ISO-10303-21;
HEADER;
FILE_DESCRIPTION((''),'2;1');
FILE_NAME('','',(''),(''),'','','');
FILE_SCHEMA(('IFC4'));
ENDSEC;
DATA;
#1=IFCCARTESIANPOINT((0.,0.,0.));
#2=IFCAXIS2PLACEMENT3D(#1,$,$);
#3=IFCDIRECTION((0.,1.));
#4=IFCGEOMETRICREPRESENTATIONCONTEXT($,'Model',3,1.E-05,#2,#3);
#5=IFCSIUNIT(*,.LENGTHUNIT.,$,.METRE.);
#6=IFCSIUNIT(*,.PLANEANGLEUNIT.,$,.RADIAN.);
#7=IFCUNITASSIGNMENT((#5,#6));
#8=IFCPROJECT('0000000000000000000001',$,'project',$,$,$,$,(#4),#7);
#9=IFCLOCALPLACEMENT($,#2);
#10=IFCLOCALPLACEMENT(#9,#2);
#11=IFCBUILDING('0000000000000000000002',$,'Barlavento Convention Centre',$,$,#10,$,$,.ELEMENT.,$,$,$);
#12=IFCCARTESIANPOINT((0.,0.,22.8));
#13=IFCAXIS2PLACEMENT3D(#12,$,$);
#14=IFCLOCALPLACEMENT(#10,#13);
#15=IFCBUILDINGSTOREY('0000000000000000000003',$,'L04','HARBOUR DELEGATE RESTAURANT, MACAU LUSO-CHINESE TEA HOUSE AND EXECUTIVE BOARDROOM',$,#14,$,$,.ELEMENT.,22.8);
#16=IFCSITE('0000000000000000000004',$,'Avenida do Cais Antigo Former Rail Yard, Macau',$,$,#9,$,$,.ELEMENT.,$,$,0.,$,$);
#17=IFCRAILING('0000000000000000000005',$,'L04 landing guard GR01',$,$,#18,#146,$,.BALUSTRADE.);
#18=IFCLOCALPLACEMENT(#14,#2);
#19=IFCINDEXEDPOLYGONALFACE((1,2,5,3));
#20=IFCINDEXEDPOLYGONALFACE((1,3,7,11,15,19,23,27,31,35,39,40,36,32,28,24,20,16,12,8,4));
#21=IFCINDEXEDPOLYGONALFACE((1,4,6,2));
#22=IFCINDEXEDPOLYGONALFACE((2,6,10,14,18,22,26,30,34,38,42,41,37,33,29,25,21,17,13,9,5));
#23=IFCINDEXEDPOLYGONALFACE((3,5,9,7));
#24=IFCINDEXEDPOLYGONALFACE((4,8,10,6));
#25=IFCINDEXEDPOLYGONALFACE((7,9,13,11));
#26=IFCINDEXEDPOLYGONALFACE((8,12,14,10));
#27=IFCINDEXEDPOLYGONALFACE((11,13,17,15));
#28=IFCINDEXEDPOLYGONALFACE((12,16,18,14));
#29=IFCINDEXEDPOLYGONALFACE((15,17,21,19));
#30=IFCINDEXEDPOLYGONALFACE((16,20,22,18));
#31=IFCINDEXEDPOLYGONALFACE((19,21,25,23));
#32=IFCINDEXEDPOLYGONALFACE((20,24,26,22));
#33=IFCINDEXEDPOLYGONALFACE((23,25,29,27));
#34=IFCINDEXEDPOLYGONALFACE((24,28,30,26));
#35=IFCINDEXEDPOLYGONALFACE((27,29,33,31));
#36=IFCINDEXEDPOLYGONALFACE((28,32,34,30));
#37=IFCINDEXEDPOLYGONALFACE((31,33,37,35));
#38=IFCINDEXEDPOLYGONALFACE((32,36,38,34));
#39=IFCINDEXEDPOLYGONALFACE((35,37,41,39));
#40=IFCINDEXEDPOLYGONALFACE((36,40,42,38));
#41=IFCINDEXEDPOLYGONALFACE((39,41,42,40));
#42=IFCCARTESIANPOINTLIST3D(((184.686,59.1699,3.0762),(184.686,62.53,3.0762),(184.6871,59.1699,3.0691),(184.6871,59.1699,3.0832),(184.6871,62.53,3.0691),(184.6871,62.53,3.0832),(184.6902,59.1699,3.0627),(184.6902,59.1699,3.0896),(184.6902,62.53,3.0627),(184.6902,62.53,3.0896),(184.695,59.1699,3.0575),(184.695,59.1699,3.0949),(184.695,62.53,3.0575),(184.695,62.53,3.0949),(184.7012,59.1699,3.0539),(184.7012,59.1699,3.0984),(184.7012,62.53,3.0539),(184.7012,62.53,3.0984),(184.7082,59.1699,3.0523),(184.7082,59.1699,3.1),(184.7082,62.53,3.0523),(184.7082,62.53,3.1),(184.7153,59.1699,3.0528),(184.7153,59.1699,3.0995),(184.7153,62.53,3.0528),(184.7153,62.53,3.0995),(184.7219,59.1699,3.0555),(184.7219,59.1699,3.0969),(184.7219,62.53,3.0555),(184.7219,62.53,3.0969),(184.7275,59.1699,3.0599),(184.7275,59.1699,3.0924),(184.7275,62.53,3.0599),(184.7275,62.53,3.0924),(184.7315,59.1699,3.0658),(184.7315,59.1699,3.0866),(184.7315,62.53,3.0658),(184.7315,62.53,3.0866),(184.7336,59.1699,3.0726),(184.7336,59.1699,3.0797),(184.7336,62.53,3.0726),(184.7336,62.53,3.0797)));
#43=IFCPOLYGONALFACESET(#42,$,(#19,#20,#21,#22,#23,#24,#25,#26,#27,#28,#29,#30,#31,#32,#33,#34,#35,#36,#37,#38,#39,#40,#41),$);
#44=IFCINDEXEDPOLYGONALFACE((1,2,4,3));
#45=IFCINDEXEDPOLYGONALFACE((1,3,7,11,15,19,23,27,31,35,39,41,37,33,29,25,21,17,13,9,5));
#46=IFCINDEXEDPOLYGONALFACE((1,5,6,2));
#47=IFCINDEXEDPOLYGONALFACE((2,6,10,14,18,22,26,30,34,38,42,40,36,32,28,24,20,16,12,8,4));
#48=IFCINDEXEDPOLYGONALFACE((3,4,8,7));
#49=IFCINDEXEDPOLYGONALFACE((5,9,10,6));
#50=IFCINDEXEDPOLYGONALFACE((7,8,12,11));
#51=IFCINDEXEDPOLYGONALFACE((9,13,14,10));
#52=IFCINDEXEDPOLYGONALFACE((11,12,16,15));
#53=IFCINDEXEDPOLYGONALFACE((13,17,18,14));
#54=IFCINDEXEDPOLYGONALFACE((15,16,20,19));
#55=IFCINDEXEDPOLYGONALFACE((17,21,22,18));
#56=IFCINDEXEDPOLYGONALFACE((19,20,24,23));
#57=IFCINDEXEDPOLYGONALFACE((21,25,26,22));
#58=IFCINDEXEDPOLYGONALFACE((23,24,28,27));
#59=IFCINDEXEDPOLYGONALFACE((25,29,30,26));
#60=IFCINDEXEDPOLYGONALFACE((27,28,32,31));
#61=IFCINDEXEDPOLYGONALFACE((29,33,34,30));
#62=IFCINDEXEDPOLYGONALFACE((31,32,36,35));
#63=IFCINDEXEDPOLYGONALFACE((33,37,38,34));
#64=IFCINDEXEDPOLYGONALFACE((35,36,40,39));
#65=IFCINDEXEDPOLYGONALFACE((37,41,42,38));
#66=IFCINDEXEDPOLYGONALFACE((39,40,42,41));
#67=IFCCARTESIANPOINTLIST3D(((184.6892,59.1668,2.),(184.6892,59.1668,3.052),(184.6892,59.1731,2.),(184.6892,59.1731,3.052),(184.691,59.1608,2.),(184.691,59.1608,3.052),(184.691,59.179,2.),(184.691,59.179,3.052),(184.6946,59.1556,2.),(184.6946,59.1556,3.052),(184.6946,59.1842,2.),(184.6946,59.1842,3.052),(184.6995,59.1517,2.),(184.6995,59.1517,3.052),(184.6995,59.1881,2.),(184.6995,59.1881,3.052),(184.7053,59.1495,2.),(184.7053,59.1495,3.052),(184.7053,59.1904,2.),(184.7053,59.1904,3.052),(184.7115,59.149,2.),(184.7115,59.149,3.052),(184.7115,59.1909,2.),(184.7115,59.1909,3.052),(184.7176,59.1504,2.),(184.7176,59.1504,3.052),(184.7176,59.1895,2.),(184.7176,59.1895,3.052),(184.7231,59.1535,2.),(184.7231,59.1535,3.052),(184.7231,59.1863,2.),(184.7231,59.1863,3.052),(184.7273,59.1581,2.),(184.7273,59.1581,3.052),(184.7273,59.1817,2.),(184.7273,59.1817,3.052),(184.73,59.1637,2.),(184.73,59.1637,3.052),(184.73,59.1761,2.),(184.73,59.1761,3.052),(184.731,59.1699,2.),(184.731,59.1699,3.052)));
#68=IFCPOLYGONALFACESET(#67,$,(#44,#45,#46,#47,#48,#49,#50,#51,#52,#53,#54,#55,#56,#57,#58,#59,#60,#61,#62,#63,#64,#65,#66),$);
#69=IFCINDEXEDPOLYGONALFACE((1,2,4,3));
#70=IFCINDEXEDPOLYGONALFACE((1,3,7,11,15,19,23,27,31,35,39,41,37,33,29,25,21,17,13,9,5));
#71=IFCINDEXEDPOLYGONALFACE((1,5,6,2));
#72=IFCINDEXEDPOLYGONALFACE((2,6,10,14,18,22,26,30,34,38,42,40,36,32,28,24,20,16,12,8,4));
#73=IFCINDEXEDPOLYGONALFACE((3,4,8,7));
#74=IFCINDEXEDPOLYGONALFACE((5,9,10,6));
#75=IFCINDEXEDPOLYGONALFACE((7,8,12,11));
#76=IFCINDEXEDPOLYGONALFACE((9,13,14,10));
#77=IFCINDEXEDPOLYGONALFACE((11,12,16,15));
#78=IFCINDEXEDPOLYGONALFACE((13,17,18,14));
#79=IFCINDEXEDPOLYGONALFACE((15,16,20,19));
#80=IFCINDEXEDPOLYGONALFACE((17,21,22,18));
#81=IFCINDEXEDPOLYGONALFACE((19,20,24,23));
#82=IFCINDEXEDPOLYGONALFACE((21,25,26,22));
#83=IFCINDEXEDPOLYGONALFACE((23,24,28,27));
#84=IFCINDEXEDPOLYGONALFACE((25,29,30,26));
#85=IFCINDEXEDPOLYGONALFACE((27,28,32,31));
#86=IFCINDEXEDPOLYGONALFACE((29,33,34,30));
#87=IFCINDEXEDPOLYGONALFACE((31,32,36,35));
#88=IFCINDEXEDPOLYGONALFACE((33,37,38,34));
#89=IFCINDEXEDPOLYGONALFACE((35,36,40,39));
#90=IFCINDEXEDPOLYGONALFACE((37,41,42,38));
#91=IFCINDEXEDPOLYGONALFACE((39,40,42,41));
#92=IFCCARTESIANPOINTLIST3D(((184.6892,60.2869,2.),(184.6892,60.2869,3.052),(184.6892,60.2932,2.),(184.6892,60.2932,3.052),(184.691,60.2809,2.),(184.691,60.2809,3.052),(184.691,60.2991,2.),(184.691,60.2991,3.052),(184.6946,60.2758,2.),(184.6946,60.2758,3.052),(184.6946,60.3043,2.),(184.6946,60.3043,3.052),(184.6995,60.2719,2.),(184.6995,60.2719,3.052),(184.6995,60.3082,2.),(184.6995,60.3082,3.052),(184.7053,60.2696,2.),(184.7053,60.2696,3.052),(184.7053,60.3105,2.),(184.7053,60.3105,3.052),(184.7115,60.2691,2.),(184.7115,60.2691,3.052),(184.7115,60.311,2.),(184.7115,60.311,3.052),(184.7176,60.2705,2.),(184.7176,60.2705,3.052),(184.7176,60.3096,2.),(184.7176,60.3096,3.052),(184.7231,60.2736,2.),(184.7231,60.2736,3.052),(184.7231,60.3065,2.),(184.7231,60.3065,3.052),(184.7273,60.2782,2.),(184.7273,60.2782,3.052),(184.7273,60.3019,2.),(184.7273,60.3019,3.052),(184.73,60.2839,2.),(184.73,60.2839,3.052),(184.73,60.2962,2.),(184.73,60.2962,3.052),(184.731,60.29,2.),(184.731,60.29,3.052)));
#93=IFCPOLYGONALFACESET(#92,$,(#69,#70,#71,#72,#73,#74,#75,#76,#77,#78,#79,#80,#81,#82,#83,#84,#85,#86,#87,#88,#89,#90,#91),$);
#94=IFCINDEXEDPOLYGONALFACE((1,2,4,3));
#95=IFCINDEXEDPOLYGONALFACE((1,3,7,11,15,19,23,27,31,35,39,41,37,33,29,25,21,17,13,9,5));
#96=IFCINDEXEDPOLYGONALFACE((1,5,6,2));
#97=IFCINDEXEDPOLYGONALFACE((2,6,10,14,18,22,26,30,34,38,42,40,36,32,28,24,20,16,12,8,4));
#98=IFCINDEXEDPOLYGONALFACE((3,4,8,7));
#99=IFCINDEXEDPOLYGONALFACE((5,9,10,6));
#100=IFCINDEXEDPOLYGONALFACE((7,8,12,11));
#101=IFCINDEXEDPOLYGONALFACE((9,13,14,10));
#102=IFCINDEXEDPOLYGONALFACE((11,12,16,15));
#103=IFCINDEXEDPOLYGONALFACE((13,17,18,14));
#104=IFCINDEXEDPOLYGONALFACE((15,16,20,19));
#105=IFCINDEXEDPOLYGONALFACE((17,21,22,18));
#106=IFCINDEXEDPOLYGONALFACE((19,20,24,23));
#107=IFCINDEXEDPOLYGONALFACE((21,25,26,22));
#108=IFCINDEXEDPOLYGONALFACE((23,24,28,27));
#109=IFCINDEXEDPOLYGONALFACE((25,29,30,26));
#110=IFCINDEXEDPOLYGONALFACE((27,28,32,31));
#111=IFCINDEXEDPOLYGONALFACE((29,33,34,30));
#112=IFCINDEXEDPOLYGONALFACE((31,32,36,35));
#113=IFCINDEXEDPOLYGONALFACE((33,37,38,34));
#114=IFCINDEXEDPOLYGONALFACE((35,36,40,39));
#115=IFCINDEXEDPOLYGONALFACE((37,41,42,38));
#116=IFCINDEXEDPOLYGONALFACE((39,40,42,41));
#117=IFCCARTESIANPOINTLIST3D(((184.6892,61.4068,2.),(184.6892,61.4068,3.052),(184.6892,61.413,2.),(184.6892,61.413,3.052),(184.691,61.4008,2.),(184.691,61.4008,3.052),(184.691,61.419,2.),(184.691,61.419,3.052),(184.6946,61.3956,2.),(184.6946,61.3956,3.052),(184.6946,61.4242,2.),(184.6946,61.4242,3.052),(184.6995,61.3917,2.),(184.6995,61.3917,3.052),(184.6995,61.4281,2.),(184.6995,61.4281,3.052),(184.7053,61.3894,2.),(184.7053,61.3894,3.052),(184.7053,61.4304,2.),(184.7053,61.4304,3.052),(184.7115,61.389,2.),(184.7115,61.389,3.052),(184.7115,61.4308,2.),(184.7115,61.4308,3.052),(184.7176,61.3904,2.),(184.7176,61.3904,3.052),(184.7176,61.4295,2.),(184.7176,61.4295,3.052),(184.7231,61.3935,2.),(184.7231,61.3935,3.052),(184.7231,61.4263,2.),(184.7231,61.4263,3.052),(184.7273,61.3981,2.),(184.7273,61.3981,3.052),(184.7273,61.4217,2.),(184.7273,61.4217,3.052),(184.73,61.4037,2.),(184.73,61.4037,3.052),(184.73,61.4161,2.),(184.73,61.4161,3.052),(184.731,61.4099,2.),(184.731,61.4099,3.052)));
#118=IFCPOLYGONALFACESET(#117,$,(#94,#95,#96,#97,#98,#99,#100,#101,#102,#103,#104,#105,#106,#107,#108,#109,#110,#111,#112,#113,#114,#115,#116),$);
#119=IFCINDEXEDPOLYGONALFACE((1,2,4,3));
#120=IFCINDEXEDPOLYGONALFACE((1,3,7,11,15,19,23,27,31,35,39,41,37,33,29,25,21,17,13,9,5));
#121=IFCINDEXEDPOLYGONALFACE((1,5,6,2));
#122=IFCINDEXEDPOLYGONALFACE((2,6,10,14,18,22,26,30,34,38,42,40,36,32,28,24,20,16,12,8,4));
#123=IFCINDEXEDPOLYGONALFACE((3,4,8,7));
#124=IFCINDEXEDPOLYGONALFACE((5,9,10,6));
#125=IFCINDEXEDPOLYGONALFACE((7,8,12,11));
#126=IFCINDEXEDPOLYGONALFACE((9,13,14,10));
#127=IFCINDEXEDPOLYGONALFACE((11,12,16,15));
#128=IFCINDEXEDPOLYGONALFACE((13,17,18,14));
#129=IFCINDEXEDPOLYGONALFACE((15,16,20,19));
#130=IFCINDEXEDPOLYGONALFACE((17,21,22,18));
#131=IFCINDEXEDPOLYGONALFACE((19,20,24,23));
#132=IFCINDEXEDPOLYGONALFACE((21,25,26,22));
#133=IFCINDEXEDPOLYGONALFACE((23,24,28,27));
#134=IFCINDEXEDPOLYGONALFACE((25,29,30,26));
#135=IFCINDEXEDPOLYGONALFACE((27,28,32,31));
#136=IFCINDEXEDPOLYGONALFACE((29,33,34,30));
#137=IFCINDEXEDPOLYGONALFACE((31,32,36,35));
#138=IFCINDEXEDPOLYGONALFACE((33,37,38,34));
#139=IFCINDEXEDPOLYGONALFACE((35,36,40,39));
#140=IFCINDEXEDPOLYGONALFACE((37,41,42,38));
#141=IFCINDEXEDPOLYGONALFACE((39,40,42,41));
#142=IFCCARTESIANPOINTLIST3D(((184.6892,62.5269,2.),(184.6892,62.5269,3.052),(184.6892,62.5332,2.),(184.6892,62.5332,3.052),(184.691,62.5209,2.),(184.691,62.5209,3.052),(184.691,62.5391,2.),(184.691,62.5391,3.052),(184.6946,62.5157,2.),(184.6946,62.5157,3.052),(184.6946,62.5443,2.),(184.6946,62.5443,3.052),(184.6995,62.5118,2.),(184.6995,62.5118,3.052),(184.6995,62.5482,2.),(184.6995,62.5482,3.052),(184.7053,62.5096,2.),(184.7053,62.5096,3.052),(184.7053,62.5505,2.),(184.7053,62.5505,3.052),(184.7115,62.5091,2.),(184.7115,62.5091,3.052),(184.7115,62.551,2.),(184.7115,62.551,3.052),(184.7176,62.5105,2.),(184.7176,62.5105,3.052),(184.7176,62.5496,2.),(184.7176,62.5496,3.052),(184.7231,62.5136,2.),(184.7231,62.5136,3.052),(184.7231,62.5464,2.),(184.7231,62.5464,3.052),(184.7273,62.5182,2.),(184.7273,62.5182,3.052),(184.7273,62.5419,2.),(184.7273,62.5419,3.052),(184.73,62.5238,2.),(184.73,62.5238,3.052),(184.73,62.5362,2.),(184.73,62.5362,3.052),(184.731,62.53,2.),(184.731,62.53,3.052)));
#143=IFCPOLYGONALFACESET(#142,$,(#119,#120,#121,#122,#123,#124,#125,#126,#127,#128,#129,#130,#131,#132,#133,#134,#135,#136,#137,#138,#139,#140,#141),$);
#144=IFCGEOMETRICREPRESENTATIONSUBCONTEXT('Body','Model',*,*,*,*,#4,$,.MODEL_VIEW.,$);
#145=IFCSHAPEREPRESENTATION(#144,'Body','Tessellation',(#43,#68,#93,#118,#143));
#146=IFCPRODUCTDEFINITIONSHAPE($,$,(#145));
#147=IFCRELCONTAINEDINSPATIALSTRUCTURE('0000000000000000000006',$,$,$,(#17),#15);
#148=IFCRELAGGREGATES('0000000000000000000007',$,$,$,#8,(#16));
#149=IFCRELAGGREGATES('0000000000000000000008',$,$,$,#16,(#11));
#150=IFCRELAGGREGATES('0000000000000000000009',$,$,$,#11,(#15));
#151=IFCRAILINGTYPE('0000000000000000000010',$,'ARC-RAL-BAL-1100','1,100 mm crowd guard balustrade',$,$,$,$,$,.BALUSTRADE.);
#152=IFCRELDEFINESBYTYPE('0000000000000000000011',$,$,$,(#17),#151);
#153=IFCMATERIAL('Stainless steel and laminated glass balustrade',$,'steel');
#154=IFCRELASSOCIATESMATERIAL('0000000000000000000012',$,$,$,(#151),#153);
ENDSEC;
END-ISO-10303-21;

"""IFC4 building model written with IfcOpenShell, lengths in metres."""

from ifc_helpers import new_model, si_unit, direction, frame, origin, origin_2d, place, context, subcontext, project, spatial, circle, extrude, material, type_object, element, save


model = new_model("IFC4")

# Units and contexts
model_context = context("Model", 3, precision=1e-05, world=origin(), true_north=direction((0.0, 1.0)))
body_context = subcontext(model_context, "Body", "Model", "MODEL_VIEW")
ifc_project = project(units=[si_unit("LENGTHUNIT", "METRE"), si_unit("PLANEANGLEUNIT", "RADIAN")], contexts=[model_context])

# Site, building, storey
site_placement = place(None, origin())
site = spatial("IfcSite", under=ifc_project, at=site_placement, Name="Avenida do Cais Antigo Former Rail Yard, Macau", CompositionType="ELEMENT", RefElevation=0.0)
building_placement = place(site_placement, origin())
building = spatial("IfcBuilding", under=site, at=building_placement, Name="Barlavento Convention Centre", CompositionType="ELEMENT")
storey_placement = place(building_placement, frame((0.0, 0.0, 22.8)))
storey = spatial("IfcBuildingStorey", under=building, at=storey_placement, Name="L04", Description="HARBOUR DELEGATE RESTAURANT, MACAU LUSO-CHINESE TEA HOUSE AND EXECUTIVE BOARDROOM", CompositionType="ELEMENT", Elevation=22.8)

# Railing
ifc_material_1 = material(Name="Stainless steel and laminated glass balustrade", Category="steel")
railing_type_1 = type_object("IfcRailingType", Name="ARC-RAL-BAL-1100", Description="1,100 mm crowd guard balustrade", PredefinedType="BALUSTRADE", material=ifc_material_1)
for number, where, name in (
    (1, (184.71, 59.1699, 2.0), "L04 landing guard GR01"),
):
    element("IfcRailing", number, at=place(storey_placement, frame(where)), inside=storey, type_object=railing_type_1, Name=name, PredefinedType="BALUSTRADE", context=body_context, shape_type="SweptSolid", body=[
        extrude(circle(Radius=0.0239, at=origin_2d()), frame((0.0, 0.0, 1.0762), z_axis=(0.0, 1.0, 0.0), x_axis=(-1.0, 0.0, 0.0)), (0.0, 0.0, 1.0), 3.3601),
        extrude(circle(Radius=0.021, at=origin_2d()), origin(), (0.0, 0.0, 1.0), 1.052),
        extrude(circle(Radius=0.021, at=origin_2d()), frame((0.0, 1.1201, 0.0)), (0.0, 0.0, 1.0), 1.052),
        extrude(circle(Radius=0.021, at=origin_2d()), frame((0.0, 2.24, 0.0)), (0.0, 0.0, 1.0), 1.052),
        extrude(circle(Radius=0.021, at=origin_2d()), frame((0.0, 3.3601, 0.0)), (0.0, 0.0, 1.0), 1.052),
    ])

save(model, "model.ifc")
